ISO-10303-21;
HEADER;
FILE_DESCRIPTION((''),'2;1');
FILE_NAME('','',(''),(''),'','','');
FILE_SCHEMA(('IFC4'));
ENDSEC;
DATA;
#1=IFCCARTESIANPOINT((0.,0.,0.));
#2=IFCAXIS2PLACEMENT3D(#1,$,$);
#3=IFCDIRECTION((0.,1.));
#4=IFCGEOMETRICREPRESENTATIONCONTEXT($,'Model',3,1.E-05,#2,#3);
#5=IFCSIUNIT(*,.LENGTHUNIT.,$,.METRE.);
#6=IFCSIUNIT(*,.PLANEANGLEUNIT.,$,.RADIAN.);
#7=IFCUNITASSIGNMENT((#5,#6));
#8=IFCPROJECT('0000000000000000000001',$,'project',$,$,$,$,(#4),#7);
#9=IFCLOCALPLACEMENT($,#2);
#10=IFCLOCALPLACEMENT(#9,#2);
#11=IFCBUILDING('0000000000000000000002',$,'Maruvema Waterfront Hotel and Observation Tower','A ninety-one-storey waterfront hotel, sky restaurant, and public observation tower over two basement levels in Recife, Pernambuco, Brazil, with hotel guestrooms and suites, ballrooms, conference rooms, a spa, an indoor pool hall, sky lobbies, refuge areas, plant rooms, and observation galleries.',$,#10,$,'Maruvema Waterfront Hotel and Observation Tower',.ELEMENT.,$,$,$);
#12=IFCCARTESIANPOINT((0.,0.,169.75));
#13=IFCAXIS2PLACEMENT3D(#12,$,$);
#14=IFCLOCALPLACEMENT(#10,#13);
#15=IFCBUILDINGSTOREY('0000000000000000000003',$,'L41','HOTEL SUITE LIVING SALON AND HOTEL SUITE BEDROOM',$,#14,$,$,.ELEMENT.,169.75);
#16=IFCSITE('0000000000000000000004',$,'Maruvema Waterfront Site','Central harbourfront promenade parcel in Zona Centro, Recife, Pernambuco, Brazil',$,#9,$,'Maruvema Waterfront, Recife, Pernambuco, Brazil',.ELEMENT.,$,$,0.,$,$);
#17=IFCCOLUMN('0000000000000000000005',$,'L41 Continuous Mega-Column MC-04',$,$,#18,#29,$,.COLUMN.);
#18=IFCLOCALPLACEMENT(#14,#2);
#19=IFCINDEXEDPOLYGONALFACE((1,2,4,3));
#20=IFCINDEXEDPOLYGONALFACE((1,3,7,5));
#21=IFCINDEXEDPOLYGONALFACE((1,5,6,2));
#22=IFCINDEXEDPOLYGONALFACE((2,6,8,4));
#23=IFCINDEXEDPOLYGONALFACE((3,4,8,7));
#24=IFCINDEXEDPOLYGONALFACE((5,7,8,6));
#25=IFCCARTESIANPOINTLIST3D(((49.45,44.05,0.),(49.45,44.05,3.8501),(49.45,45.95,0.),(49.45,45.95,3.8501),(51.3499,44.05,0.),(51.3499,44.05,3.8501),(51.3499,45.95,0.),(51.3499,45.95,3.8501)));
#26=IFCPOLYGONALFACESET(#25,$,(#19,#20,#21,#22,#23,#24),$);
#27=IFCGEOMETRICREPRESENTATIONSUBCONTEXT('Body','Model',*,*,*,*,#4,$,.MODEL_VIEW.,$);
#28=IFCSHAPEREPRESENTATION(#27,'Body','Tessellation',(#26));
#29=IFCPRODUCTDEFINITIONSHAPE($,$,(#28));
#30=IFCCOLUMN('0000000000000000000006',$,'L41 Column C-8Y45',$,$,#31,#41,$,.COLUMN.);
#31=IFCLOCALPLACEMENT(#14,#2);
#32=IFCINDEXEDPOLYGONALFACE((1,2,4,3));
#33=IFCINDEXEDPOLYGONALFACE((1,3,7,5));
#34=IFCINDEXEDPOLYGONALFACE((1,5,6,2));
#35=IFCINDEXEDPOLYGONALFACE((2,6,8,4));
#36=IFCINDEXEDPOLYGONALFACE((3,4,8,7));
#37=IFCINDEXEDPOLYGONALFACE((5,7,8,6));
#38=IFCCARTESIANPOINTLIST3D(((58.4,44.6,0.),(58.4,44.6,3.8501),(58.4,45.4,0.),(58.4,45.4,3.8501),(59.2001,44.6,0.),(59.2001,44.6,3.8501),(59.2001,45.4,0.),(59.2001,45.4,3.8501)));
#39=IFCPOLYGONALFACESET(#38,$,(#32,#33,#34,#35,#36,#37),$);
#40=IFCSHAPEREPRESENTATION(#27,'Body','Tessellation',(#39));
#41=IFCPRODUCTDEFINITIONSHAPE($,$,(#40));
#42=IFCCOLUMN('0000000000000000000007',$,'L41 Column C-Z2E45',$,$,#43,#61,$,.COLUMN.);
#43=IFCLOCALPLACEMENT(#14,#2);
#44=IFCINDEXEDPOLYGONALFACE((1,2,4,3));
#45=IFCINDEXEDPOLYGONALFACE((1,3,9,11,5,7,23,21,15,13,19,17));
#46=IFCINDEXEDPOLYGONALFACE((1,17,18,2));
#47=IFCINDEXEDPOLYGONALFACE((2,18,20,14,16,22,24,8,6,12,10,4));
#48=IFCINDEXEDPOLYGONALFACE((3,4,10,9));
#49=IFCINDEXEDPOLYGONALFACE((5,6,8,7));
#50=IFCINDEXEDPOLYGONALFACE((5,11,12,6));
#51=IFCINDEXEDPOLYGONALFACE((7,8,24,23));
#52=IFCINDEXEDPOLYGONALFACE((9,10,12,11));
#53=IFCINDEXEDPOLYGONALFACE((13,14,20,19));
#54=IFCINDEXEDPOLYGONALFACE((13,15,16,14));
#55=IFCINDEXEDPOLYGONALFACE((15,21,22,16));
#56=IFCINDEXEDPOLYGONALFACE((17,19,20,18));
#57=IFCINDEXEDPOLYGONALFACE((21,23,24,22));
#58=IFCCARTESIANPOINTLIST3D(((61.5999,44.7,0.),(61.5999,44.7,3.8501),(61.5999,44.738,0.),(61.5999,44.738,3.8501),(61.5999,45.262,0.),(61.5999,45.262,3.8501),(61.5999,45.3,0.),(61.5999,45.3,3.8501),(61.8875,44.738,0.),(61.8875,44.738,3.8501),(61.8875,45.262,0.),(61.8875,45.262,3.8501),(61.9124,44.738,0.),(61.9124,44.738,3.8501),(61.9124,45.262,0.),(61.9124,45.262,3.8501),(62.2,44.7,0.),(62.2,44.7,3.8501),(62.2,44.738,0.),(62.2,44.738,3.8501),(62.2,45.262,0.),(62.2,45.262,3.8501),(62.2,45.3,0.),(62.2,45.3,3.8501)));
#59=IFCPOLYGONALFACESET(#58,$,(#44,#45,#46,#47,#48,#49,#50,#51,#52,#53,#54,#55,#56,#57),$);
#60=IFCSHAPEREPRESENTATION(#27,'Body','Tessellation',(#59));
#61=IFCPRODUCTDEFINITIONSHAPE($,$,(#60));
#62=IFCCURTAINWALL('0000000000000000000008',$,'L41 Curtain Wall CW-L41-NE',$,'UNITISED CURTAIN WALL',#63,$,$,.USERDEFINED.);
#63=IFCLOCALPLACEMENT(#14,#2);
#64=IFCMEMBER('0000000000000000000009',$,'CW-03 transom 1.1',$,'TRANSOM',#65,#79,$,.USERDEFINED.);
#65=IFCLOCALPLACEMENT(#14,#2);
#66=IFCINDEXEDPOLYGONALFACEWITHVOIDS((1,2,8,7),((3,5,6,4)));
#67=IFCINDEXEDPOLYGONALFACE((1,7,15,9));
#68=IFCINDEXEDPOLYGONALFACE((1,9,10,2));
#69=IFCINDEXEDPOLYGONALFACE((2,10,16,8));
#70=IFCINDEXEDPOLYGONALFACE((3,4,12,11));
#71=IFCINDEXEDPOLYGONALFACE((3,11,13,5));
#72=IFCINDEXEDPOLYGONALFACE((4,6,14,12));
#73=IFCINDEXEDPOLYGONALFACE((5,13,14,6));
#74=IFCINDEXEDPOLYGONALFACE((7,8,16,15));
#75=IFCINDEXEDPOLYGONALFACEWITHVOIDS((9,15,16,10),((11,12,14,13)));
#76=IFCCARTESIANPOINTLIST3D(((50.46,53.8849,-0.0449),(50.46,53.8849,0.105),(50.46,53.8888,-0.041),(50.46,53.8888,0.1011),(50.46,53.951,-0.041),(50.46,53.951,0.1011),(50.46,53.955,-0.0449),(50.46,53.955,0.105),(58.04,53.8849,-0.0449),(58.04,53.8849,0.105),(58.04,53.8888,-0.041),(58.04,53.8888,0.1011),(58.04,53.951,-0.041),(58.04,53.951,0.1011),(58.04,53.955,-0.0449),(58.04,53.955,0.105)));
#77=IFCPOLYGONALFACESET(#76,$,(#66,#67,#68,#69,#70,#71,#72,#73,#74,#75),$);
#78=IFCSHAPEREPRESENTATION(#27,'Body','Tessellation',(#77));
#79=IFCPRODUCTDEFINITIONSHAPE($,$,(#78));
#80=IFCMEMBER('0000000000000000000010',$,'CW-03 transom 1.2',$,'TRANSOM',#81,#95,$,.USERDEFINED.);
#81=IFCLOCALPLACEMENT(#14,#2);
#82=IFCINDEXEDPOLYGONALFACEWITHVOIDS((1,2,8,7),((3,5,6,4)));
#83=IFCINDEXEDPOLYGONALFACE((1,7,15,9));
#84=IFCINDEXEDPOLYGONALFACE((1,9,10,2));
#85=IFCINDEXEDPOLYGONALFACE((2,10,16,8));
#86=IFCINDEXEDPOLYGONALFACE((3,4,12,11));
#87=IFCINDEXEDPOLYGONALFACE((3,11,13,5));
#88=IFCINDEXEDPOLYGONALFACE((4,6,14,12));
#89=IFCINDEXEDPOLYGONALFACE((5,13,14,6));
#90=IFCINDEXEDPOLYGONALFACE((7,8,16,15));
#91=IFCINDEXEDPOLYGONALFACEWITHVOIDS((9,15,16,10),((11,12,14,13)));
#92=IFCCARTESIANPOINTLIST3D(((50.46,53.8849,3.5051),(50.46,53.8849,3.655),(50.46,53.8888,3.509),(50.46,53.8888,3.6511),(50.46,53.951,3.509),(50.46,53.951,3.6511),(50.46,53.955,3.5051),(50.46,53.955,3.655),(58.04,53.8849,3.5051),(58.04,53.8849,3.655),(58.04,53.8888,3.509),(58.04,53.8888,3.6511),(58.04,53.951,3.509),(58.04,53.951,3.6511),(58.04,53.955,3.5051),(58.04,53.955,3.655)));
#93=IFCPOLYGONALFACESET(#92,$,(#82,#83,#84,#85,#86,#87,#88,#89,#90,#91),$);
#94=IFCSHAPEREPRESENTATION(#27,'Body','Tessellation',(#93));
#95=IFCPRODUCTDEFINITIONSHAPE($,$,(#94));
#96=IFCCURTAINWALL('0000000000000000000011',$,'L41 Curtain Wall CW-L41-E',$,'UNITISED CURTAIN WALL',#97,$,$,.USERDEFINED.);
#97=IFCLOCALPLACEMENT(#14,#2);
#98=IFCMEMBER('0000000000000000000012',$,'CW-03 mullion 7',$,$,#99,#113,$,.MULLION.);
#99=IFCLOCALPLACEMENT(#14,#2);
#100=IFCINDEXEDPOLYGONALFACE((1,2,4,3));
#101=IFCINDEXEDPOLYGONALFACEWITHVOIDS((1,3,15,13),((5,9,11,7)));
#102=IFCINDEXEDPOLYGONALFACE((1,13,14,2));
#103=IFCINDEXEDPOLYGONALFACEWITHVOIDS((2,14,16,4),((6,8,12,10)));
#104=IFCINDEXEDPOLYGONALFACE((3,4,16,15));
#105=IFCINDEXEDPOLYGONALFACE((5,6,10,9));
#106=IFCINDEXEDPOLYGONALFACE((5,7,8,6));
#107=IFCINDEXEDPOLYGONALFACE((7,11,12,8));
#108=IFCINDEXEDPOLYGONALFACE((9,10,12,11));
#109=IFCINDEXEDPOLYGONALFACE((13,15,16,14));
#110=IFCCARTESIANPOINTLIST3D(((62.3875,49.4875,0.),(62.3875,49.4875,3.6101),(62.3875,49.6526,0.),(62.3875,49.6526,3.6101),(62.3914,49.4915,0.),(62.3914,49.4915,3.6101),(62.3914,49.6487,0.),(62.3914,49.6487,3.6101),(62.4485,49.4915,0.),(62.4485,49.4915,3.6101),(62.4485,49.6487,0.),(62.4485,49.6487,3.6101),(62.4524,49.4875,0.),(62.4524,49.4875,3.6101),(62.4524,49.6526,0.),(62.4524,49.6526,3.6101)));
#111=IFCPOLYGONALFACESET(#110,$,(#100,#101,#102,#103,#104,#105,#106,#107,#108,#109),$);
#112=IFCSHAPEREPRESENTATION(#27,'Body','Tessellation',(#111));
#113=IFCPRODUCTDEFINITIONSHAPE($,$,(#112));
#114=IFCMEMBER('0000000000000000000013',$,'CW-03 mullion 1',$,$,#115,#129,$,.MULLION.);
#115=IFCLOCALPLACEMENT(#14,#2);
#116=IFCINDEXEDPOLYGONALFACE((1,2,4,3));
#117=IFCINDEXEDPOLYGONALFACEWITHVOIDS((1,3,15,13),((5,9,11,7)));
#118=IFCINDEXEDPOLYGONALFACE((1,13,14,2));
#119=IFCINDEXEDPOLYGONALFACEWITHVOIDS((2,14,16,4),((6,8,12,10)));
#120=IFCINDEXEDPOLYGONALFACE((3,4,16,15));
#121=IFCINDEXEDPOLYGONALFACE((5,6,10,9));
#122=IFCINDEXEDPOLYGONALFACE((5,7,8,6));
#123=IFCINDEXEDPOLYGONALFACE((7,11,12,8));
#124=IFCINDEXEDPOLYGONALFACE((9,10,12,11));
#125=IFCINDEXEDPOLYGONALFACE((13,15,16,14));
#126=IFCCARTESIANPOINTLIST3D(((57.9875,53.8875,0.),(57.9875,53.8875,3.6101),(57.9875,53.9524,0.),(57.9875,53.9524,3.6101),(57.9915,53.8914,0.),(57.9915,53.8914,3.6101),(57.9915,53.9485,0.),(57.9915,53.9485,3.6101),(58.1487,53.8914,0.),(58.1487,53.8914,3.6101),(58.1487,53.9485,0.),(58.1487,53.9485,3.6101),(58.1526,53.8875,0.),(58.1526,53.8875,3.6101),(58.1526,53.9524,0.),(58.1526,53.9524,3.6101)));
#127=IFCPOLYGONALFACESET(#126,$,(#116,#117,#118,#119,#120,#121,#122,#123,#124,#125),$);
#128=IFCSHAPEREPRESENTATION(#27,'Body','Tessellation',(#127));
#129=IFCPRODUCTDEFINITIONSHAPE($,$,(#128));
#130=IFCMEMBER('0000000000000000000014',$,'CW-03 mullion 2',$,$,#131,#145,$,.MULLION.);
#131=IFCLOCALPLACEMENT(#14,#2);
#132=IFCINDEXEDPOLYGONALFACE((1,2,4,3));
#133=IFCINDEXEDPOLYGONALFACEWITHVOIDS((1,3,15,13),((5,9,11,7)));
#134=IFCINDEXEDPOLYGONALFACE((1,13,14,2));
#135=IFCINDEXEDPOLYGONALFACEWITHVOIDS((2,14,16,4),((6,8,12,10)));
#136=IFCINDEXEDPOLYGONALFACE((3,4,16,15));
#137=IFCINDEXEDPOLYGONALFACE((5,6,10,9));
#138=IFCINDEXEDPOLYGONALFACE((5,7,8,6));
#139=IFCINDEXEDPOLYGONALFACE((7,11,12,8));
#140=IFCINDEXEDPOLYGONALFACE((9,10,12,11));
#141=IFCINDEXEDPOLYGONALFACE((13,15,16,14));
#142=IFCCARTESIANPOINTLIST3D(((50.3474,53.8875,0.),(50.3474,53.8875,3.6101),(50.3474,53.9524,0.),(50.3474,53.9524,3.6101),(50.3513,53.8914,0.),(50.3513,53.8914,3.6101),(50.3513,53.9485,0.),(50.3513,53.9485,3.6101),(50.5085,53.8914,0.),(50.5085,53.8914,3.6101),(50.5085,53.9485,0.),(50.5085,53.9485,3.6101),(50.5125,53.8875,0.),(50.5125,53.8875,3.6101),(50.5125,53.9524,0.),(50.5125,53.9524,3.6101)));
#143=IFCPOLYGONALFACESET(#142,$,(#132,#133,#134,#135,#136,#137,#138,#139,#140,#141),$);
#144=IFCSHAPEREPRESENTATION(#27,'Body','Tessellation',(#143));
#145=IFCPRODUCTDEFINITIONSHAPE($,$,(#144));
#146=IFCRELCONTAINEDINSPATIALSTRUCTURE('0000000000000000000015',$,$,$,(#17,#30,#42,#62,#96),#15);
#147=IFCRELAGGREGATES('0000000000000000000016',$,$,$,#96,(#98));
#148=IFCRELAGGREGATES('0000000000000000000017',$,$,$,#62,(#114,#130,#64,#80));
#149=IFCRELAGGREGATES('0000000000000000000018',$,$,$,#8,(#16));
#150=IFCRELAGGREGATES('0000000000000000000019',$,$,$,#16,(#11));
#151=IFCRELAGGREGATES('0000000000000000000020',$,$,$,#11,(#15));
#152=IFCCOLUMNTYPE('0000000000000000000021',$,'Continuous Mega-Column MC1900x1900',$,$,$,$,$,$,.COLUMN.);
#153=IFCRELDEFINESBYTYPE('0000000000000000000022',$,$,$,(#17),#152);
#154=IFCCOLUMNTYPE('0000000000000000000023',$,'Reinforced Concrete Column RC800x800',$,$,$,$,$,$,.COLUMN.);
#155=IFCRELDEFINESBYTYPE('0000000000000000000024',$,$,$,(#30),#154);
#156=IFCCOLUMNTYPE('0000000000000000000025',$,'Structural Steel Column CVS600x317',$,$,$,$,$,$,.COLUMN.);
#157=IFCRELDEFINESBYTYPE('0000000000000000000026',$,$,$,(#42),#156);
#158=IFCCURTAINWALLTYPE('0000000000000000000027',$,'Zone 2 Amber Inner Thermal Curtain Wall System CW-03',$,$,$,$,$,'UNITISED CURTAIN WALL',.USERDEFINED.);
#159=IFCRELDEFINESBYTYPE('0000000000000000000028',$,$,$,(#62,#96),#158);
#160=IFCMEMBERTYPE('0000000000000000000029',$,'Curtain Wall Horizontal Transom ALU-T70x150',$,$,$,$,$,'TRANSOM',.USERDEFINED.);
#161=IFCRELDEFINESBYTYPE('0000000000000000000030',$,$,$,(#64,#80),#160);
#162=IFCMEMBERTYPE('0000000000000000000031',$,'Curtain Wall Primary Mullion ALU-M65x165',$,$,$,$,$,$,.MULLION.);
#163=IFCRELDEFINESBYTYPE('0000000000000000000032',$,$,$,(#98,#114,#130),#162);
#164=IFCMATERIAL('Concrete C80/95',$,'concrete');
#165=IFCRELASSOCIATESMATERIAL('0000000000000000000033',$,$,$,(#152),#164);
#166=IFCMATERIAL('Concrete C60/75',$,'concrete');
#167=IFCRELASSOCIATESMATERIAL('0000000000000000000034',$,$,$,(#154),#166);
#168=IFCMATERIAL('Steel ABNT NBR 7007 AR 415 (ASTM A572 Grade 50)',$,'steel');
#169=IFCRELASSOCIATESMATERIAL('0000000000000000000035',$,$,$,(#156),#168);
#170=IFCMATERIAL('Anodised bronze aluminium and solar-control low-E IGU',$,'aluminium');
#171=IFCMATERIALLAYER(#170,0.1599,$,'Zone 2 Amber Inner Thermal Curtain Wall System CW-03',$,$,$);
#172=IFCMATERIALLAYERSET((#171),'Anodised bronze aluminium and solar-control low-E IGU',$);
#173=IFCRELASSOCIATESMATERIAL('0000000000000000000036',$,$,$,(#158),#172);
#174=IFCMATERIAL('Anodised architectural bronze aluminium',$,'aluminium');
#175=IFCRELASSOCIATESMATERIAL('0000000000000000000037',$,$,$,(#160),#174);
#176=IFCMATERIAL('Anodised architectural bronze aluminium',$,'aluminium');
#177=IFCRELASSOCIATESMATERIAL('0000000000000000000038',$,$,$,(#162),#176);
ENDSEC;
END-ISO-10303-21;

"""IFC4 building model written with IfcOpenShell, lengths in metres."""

from ifc_helpers import new_model, si_unit, direction, frame, origin, origin_2d, place, context, subcontext, project, spatial, rectangle, hollow_rectangle, i_section, extrude, material, layer, layer_set, material_profile, profile_set, type_object, element, aggregate, save


model = new_model("IFC4")

# Units and contexts
model_context = context("Model", 3, precision=1e-05, world=origin(), true_north=direction((0.0, 1.0)))
body_context = subcontext(model_context, "Body", "Model", "MODEL_VIEW")
ifc_project = project(units=[si_unit("LENGTHUNIT", "METRE"), si_unit("PLANEANGLEUNIT", "RADIAN")], contexts=[model_context])

# Site, building, storey
site_placement = place(None, origin())
site = spatial("IfcSite", under=ifc_project, at=site_placement, Name="Maruvema Waterfront Site", Description="Central harbourfront promenade parcel in Zona Centro, Recife, Pernambuco, Brazil", LongName="Maruvema Waterfront, Recife, Pernambuco, Brazil", CompositionType="ELEMENT", RefElevation=0.0)
building_placement = place(site_placement, origin())
building = spatial("IfcBuilding", under=site, at=building_placement, Name="Maruvema Waterfront Hotel and Observation Tower", Description="A ninety-one-storey waterfront hotel, sky restaurant, and public observation tower over two basement levels in Recife, Pernambuco, Brazil, with hotel guestrooms and suites, ballrooms, conference rooms, a spa, an indoor pool hall, sky lobbies, refuge areas, plant rooms, and observation galleries.", LongName="Maruvema Waterfront Hotel and Observation Tower", CompositionType="ELEMENT")
storey_placement = place(building_placement, frame((0.0, 0.0, 169.75)))
storey = spatial("IfcBuildingStorey", under=building, at=storey_placement, Name="L41", Description="HOTEL SUITE LIVING SALON AND HOTEL SUITE BEDROOM", CompositionType="ELEMENT", Elevation=169.75)

# Columns
ifc_material_1 = material(Name="Concrete C80/95", Category="concrete")
ifc_material_profile_1 = material_profile(ifc_material_1, rectangle(XDim=1.8999, YDim=1.8999, at=origin_2d()), Name="MC1900x1900")
ifc_profile_set_1 = profile_set([ifc_material_profile_1], Name="Concrete C80/95")
column_type_1 = type_object("IfcColumnType", Name="Continuous Mega-Column MC1900x1900", PredefinedType="COLUMN", material=ifc_profile_set_1)
column_1_placement = place(storey_placement, frame((50.3999, 45.0, 0.0), z_axis=(0.0, 0.0, 1.0), x_axis=(1.0, 0.0, 0.0)))
element("IfcColumn", 1, at=column_1_placement, inside=storey, type_object=column_type_1, Name="L41 Continuous Mega-Column MC-04", PredefinedType="COLUMN", context=body_context, shape_type="SweptSolid", body=[
    extrude(rectangle(XDim=1.8999, YDim=1.8999, at=origin_2d()), origin(), (0.0, 0.0, 1.0), 3.8501),
])
ifc_material_2 = material(Name="Concrete C60/75", Category="concrete")
ifc_material_profile_2 = material_profile(ifc_material_2, rectangle(XDim=0.8, YDim=0.8, at=origin_2d()), Name="RC800x800")
ifc_profile_set_2 = profile_set([ifc_material_profile_2], Name="Concrete C60/75")
column_type_2 = type_object("IfcColumnType", Name="Reinforced Concrete Column RC800x800", PredefinedType="COLUMN", material=ifc_profile_set_2)
column_2_placement = place(storey_placement, frame((58.8, 45.0, 0.0), z_axis=(0.0, 0.0, 1.0), x_axis=(1.0, 0.0, 0.0)))
element("IfcColumn", 2, at=column_2_placement, inside=storey, type_object=column_type_2, Name="L41 Column C-8Y45", PredefinedType="COLUMN", context=body_context, shape_type="SweptSolid", body=[
    extrude(rectangle(XDim=0.8, YDim=0.8, at=origin_2d()), origin(), (0.0, 0.0, 1.0), 3.8501),
])
ifc_material_3 = material(Name="Steel ABNT NBR 7007 AR 415 (ASTM A572 Grade 50)", Category="steel")
ifc_material_profile_3 = material_profile(ifc_material_3, i_section(OverallWidth=0.6001, OverallDepth=0.6001, WebThickness=0.0249, FlangeThickness=0.0381, at=origin_2d()), Name="CVS600x317")
ifc_profile_set_3 = profile_set([ifc_material_profile_3], Name="Steel ABNT NBR 7007 AR 415 (ASTM A572 Grade 50)")
column_type_3 = type_object("IfcColumnType", Name="Structural Steel Column CVS600x317", PredefinedType="COLUMN", material=ifc_profile_set_3)
column_3_placement = place(storey_placement, frame((61.8999, 45.0, 0.0), z_axis=(0.0, 0.0, 1.0), x_axis=(1.0, 0.0, 0.0)))
element("IfcColumn", 3, at=column_3_placement, inside=storey, type_object=column_type_3, Name="L41 Column C-Z2E45", PredefinedType="COLUMN", context=body_context, shape_type="SweptSolid", body=[
    extrude(i_section(OverallWidth=0.6001, OverallDepth=0.6001, WebThickness=0.0249, FlangeThickness=0.0381, at=origin_2d()), origin(), (0.0, 0.0, 1.0), 3.8501),
])

# Curtain wall, members
ifc_material_4 = material(Name="Anodised bronze aluminium and solar-control low-E IGU", Category="aluminium")
ifc_layer_1 = layer(ifc_material_4, 0.1599, Name="Zone 2 Amber Inner Thermal Curtain Wall System CW-03")
ifc_layer_set_1 = layer_set([ifc_layer_1], Name="Anodised bronze aluminium and solar-control low-E IGU")
curtain_wall_type = type_object("IfcCurtainWallType", Name="Zone 2 Amber Inner Thermal Curtain Wall System CW-03", ElementType="UNITISED CURTAIN WALL", PredefinedType="USERDEFINED", material=ifc_layer_set_1)
curtain_wall_1_placement = place(storey_placement, origin())
curtain_wall_1 = element("IfcCurtainWall", 4, at=curtain_wall_1_placement, inside=storey, type_object=curtain_wall_type, Name="L41 Curtain Wall CW-L41-NE", ObjectType="UNITISED CURTAIN WALL", PredefinedType="USERDEFINED")
ifc_material_5 = material(Name="Anodised architectural bronze aluminium", Category="aluminium")
ifc_material_profile_4 = material_profile(ifc_material_5, hollow_rectangle(XDim=0.0701, YDim=0.1499, WallThickness=0.0039, at=origin_2d()), Name="ALU-T70x150")
ifc_profile_set_4 = profile_set([ifc_material_profile_4], Name="Anodised architectural bronze aluminium")
member_type_1 = type_object("IfcMemberType", Name="Curtain Wall Horizontal Transom ALU-T70x150", ElementType="TRANSOM", PredefinedType="USERDEFINED", material=ifc_profile_set_4)
member_1_placement = place(storey_placement, frame((58.04, 53.9199, 0.03), z_axis=(-1.0, 0.0, 0.0), x_axis=(0.0, -1.0, 0.0)))
member_1 = element("IfcMember", 5, at=member_1_placement, type_object=member_type_1, Name="CW-03 transom 1.1", ObjectType="TRANSOM", PredefinedType="USERDEFINED", context=body_context, shape_type="SweptSolid", body=[
    extrude(hollow_rectangle(XDim=0.0701, YDim=0.1499, WallThickness=0.0039, at=origin_2d()), origin(), (0.0, 0.0, 1.0), 7.5801),
])
member_2_placement = place(storey_placement, frame((58.04, 53.9199, 3.5801), z_axis=(-1.0, 0.0, 0.0), x_axis=(0.0, -1.0, 0.0)))
member_2 = element("IfcMember", 6, at=member_2_placement, type_object=member_type_1, Name="CW-03 transom 1.2", ObjectType="TRANSOM", PredefinedType="USERDEFINED", context=body_context, shape_type="SweptSolid", body=[
    extrude(hollow_rectangle(XDim=0.0701, YDim=0.1499, WallThickness=0.0039, at=origin_2d()), origin(), (0.0, 0.0, 1.0), 7.5801),
])

# Curtain wall, member
curtain_wall_2_placement = place(storey_placement, origin())
curtain_wall_2 = element("IfcCurtainWall", 7, at=curtain_wall_2_placement, inside=storey, type_object=curtain_wall_type, Name="L41 Curtain Wall CW-L41-E", ObjectType="UNITISED CURTAIN WALL", PredefinedType="USERDEFINED")
ifc_material_6 = material(Name="Anodised architectural bronze aluminium", Category="aluminium")
ifc_material_profile_5 = material_profile(ifc_material_6, hollow_rectangle(XDim=0.0649, YDim=0.165, WallThickness=0.0039, at=origin_2d()), Name="ALU-M65x165")
ifc_profile_set_5 = profile_set([ifc_material_profile_5], Name="Anodised architectural bronze aluminium")
member_type_2 = type_object("IfcMemberType", Name="Curtain Wall Primary Mullion ALU-M65x165", PredefinedType="MULLION", material=ifc_profile_set_5)
member_3_placement = place(storey_placement, frame((62.4199, 49.5701, 0.0), z_axis=(0.0, 0.0, 1.0), x_axis=(-1.0, 0.0, 0.0)))
member_3 = element("IfcMember", 8, at=member_3_placement, type_object=member_type_2, Name="CW-03 mullion 7", PredefinedType="MULLION", context=body_context, shape_type="SweptSolid", body=[
    extrude(hollow_rectangle(XDim=0.0649, YDim=0.165, WallThickness=0.0039, at=origin_2d()), origin(), (0.0, 0.0, 1.0), 3.6101),
])

# Members
member_4_placement = place(storey_placement, frame((58.0701, 53.9199, 0.0), z_axis=(0.0, 0.0, 1.0), x_axis=(0.0, -1.0, 0.0)))
member_4 = element("IfcMember", 9, at=member_4_placement, type_object=member_type_2, Name="CW-03 mullion 1", PredefinedType="MULLION", context=body_context, shape_type="SweptSolid", body=[
    extrude(hollow_rectangle(XDim=0.0649, YDim=0.165, WallThickness=0.0039, at=origin_2d()), origin(), (0.0, 0.0, 1.0), 3.6101),
])
member_5_placement = place(storey_placement, frame((50.4299, 53.9199, 0.0), z_axis=(0.0, 0.0, 1.0), x_axis=(0.0, -1.0, 0.0)))
member_5 = element("IfcMember", 10, at=member_5_placement, type_object=member_type_2, Name="CW-03 mullion 2", PredefinedType="MULLION", context=body_context, shape_type="SweptSolid", body=[
    extrude(hollow_rectangle(XDim=0.0649, YDim=0.165, WallThickness=0.0039, at=origin_2d()), origin(), (0.0, 0.0, 1.0), 3.6101),
])

aggregate(curtain_wall_2, [member_3])
aggregate(curtain_wall_1, [member_4, member_5, member_1, member_2])

save(model, "model.ifc")
